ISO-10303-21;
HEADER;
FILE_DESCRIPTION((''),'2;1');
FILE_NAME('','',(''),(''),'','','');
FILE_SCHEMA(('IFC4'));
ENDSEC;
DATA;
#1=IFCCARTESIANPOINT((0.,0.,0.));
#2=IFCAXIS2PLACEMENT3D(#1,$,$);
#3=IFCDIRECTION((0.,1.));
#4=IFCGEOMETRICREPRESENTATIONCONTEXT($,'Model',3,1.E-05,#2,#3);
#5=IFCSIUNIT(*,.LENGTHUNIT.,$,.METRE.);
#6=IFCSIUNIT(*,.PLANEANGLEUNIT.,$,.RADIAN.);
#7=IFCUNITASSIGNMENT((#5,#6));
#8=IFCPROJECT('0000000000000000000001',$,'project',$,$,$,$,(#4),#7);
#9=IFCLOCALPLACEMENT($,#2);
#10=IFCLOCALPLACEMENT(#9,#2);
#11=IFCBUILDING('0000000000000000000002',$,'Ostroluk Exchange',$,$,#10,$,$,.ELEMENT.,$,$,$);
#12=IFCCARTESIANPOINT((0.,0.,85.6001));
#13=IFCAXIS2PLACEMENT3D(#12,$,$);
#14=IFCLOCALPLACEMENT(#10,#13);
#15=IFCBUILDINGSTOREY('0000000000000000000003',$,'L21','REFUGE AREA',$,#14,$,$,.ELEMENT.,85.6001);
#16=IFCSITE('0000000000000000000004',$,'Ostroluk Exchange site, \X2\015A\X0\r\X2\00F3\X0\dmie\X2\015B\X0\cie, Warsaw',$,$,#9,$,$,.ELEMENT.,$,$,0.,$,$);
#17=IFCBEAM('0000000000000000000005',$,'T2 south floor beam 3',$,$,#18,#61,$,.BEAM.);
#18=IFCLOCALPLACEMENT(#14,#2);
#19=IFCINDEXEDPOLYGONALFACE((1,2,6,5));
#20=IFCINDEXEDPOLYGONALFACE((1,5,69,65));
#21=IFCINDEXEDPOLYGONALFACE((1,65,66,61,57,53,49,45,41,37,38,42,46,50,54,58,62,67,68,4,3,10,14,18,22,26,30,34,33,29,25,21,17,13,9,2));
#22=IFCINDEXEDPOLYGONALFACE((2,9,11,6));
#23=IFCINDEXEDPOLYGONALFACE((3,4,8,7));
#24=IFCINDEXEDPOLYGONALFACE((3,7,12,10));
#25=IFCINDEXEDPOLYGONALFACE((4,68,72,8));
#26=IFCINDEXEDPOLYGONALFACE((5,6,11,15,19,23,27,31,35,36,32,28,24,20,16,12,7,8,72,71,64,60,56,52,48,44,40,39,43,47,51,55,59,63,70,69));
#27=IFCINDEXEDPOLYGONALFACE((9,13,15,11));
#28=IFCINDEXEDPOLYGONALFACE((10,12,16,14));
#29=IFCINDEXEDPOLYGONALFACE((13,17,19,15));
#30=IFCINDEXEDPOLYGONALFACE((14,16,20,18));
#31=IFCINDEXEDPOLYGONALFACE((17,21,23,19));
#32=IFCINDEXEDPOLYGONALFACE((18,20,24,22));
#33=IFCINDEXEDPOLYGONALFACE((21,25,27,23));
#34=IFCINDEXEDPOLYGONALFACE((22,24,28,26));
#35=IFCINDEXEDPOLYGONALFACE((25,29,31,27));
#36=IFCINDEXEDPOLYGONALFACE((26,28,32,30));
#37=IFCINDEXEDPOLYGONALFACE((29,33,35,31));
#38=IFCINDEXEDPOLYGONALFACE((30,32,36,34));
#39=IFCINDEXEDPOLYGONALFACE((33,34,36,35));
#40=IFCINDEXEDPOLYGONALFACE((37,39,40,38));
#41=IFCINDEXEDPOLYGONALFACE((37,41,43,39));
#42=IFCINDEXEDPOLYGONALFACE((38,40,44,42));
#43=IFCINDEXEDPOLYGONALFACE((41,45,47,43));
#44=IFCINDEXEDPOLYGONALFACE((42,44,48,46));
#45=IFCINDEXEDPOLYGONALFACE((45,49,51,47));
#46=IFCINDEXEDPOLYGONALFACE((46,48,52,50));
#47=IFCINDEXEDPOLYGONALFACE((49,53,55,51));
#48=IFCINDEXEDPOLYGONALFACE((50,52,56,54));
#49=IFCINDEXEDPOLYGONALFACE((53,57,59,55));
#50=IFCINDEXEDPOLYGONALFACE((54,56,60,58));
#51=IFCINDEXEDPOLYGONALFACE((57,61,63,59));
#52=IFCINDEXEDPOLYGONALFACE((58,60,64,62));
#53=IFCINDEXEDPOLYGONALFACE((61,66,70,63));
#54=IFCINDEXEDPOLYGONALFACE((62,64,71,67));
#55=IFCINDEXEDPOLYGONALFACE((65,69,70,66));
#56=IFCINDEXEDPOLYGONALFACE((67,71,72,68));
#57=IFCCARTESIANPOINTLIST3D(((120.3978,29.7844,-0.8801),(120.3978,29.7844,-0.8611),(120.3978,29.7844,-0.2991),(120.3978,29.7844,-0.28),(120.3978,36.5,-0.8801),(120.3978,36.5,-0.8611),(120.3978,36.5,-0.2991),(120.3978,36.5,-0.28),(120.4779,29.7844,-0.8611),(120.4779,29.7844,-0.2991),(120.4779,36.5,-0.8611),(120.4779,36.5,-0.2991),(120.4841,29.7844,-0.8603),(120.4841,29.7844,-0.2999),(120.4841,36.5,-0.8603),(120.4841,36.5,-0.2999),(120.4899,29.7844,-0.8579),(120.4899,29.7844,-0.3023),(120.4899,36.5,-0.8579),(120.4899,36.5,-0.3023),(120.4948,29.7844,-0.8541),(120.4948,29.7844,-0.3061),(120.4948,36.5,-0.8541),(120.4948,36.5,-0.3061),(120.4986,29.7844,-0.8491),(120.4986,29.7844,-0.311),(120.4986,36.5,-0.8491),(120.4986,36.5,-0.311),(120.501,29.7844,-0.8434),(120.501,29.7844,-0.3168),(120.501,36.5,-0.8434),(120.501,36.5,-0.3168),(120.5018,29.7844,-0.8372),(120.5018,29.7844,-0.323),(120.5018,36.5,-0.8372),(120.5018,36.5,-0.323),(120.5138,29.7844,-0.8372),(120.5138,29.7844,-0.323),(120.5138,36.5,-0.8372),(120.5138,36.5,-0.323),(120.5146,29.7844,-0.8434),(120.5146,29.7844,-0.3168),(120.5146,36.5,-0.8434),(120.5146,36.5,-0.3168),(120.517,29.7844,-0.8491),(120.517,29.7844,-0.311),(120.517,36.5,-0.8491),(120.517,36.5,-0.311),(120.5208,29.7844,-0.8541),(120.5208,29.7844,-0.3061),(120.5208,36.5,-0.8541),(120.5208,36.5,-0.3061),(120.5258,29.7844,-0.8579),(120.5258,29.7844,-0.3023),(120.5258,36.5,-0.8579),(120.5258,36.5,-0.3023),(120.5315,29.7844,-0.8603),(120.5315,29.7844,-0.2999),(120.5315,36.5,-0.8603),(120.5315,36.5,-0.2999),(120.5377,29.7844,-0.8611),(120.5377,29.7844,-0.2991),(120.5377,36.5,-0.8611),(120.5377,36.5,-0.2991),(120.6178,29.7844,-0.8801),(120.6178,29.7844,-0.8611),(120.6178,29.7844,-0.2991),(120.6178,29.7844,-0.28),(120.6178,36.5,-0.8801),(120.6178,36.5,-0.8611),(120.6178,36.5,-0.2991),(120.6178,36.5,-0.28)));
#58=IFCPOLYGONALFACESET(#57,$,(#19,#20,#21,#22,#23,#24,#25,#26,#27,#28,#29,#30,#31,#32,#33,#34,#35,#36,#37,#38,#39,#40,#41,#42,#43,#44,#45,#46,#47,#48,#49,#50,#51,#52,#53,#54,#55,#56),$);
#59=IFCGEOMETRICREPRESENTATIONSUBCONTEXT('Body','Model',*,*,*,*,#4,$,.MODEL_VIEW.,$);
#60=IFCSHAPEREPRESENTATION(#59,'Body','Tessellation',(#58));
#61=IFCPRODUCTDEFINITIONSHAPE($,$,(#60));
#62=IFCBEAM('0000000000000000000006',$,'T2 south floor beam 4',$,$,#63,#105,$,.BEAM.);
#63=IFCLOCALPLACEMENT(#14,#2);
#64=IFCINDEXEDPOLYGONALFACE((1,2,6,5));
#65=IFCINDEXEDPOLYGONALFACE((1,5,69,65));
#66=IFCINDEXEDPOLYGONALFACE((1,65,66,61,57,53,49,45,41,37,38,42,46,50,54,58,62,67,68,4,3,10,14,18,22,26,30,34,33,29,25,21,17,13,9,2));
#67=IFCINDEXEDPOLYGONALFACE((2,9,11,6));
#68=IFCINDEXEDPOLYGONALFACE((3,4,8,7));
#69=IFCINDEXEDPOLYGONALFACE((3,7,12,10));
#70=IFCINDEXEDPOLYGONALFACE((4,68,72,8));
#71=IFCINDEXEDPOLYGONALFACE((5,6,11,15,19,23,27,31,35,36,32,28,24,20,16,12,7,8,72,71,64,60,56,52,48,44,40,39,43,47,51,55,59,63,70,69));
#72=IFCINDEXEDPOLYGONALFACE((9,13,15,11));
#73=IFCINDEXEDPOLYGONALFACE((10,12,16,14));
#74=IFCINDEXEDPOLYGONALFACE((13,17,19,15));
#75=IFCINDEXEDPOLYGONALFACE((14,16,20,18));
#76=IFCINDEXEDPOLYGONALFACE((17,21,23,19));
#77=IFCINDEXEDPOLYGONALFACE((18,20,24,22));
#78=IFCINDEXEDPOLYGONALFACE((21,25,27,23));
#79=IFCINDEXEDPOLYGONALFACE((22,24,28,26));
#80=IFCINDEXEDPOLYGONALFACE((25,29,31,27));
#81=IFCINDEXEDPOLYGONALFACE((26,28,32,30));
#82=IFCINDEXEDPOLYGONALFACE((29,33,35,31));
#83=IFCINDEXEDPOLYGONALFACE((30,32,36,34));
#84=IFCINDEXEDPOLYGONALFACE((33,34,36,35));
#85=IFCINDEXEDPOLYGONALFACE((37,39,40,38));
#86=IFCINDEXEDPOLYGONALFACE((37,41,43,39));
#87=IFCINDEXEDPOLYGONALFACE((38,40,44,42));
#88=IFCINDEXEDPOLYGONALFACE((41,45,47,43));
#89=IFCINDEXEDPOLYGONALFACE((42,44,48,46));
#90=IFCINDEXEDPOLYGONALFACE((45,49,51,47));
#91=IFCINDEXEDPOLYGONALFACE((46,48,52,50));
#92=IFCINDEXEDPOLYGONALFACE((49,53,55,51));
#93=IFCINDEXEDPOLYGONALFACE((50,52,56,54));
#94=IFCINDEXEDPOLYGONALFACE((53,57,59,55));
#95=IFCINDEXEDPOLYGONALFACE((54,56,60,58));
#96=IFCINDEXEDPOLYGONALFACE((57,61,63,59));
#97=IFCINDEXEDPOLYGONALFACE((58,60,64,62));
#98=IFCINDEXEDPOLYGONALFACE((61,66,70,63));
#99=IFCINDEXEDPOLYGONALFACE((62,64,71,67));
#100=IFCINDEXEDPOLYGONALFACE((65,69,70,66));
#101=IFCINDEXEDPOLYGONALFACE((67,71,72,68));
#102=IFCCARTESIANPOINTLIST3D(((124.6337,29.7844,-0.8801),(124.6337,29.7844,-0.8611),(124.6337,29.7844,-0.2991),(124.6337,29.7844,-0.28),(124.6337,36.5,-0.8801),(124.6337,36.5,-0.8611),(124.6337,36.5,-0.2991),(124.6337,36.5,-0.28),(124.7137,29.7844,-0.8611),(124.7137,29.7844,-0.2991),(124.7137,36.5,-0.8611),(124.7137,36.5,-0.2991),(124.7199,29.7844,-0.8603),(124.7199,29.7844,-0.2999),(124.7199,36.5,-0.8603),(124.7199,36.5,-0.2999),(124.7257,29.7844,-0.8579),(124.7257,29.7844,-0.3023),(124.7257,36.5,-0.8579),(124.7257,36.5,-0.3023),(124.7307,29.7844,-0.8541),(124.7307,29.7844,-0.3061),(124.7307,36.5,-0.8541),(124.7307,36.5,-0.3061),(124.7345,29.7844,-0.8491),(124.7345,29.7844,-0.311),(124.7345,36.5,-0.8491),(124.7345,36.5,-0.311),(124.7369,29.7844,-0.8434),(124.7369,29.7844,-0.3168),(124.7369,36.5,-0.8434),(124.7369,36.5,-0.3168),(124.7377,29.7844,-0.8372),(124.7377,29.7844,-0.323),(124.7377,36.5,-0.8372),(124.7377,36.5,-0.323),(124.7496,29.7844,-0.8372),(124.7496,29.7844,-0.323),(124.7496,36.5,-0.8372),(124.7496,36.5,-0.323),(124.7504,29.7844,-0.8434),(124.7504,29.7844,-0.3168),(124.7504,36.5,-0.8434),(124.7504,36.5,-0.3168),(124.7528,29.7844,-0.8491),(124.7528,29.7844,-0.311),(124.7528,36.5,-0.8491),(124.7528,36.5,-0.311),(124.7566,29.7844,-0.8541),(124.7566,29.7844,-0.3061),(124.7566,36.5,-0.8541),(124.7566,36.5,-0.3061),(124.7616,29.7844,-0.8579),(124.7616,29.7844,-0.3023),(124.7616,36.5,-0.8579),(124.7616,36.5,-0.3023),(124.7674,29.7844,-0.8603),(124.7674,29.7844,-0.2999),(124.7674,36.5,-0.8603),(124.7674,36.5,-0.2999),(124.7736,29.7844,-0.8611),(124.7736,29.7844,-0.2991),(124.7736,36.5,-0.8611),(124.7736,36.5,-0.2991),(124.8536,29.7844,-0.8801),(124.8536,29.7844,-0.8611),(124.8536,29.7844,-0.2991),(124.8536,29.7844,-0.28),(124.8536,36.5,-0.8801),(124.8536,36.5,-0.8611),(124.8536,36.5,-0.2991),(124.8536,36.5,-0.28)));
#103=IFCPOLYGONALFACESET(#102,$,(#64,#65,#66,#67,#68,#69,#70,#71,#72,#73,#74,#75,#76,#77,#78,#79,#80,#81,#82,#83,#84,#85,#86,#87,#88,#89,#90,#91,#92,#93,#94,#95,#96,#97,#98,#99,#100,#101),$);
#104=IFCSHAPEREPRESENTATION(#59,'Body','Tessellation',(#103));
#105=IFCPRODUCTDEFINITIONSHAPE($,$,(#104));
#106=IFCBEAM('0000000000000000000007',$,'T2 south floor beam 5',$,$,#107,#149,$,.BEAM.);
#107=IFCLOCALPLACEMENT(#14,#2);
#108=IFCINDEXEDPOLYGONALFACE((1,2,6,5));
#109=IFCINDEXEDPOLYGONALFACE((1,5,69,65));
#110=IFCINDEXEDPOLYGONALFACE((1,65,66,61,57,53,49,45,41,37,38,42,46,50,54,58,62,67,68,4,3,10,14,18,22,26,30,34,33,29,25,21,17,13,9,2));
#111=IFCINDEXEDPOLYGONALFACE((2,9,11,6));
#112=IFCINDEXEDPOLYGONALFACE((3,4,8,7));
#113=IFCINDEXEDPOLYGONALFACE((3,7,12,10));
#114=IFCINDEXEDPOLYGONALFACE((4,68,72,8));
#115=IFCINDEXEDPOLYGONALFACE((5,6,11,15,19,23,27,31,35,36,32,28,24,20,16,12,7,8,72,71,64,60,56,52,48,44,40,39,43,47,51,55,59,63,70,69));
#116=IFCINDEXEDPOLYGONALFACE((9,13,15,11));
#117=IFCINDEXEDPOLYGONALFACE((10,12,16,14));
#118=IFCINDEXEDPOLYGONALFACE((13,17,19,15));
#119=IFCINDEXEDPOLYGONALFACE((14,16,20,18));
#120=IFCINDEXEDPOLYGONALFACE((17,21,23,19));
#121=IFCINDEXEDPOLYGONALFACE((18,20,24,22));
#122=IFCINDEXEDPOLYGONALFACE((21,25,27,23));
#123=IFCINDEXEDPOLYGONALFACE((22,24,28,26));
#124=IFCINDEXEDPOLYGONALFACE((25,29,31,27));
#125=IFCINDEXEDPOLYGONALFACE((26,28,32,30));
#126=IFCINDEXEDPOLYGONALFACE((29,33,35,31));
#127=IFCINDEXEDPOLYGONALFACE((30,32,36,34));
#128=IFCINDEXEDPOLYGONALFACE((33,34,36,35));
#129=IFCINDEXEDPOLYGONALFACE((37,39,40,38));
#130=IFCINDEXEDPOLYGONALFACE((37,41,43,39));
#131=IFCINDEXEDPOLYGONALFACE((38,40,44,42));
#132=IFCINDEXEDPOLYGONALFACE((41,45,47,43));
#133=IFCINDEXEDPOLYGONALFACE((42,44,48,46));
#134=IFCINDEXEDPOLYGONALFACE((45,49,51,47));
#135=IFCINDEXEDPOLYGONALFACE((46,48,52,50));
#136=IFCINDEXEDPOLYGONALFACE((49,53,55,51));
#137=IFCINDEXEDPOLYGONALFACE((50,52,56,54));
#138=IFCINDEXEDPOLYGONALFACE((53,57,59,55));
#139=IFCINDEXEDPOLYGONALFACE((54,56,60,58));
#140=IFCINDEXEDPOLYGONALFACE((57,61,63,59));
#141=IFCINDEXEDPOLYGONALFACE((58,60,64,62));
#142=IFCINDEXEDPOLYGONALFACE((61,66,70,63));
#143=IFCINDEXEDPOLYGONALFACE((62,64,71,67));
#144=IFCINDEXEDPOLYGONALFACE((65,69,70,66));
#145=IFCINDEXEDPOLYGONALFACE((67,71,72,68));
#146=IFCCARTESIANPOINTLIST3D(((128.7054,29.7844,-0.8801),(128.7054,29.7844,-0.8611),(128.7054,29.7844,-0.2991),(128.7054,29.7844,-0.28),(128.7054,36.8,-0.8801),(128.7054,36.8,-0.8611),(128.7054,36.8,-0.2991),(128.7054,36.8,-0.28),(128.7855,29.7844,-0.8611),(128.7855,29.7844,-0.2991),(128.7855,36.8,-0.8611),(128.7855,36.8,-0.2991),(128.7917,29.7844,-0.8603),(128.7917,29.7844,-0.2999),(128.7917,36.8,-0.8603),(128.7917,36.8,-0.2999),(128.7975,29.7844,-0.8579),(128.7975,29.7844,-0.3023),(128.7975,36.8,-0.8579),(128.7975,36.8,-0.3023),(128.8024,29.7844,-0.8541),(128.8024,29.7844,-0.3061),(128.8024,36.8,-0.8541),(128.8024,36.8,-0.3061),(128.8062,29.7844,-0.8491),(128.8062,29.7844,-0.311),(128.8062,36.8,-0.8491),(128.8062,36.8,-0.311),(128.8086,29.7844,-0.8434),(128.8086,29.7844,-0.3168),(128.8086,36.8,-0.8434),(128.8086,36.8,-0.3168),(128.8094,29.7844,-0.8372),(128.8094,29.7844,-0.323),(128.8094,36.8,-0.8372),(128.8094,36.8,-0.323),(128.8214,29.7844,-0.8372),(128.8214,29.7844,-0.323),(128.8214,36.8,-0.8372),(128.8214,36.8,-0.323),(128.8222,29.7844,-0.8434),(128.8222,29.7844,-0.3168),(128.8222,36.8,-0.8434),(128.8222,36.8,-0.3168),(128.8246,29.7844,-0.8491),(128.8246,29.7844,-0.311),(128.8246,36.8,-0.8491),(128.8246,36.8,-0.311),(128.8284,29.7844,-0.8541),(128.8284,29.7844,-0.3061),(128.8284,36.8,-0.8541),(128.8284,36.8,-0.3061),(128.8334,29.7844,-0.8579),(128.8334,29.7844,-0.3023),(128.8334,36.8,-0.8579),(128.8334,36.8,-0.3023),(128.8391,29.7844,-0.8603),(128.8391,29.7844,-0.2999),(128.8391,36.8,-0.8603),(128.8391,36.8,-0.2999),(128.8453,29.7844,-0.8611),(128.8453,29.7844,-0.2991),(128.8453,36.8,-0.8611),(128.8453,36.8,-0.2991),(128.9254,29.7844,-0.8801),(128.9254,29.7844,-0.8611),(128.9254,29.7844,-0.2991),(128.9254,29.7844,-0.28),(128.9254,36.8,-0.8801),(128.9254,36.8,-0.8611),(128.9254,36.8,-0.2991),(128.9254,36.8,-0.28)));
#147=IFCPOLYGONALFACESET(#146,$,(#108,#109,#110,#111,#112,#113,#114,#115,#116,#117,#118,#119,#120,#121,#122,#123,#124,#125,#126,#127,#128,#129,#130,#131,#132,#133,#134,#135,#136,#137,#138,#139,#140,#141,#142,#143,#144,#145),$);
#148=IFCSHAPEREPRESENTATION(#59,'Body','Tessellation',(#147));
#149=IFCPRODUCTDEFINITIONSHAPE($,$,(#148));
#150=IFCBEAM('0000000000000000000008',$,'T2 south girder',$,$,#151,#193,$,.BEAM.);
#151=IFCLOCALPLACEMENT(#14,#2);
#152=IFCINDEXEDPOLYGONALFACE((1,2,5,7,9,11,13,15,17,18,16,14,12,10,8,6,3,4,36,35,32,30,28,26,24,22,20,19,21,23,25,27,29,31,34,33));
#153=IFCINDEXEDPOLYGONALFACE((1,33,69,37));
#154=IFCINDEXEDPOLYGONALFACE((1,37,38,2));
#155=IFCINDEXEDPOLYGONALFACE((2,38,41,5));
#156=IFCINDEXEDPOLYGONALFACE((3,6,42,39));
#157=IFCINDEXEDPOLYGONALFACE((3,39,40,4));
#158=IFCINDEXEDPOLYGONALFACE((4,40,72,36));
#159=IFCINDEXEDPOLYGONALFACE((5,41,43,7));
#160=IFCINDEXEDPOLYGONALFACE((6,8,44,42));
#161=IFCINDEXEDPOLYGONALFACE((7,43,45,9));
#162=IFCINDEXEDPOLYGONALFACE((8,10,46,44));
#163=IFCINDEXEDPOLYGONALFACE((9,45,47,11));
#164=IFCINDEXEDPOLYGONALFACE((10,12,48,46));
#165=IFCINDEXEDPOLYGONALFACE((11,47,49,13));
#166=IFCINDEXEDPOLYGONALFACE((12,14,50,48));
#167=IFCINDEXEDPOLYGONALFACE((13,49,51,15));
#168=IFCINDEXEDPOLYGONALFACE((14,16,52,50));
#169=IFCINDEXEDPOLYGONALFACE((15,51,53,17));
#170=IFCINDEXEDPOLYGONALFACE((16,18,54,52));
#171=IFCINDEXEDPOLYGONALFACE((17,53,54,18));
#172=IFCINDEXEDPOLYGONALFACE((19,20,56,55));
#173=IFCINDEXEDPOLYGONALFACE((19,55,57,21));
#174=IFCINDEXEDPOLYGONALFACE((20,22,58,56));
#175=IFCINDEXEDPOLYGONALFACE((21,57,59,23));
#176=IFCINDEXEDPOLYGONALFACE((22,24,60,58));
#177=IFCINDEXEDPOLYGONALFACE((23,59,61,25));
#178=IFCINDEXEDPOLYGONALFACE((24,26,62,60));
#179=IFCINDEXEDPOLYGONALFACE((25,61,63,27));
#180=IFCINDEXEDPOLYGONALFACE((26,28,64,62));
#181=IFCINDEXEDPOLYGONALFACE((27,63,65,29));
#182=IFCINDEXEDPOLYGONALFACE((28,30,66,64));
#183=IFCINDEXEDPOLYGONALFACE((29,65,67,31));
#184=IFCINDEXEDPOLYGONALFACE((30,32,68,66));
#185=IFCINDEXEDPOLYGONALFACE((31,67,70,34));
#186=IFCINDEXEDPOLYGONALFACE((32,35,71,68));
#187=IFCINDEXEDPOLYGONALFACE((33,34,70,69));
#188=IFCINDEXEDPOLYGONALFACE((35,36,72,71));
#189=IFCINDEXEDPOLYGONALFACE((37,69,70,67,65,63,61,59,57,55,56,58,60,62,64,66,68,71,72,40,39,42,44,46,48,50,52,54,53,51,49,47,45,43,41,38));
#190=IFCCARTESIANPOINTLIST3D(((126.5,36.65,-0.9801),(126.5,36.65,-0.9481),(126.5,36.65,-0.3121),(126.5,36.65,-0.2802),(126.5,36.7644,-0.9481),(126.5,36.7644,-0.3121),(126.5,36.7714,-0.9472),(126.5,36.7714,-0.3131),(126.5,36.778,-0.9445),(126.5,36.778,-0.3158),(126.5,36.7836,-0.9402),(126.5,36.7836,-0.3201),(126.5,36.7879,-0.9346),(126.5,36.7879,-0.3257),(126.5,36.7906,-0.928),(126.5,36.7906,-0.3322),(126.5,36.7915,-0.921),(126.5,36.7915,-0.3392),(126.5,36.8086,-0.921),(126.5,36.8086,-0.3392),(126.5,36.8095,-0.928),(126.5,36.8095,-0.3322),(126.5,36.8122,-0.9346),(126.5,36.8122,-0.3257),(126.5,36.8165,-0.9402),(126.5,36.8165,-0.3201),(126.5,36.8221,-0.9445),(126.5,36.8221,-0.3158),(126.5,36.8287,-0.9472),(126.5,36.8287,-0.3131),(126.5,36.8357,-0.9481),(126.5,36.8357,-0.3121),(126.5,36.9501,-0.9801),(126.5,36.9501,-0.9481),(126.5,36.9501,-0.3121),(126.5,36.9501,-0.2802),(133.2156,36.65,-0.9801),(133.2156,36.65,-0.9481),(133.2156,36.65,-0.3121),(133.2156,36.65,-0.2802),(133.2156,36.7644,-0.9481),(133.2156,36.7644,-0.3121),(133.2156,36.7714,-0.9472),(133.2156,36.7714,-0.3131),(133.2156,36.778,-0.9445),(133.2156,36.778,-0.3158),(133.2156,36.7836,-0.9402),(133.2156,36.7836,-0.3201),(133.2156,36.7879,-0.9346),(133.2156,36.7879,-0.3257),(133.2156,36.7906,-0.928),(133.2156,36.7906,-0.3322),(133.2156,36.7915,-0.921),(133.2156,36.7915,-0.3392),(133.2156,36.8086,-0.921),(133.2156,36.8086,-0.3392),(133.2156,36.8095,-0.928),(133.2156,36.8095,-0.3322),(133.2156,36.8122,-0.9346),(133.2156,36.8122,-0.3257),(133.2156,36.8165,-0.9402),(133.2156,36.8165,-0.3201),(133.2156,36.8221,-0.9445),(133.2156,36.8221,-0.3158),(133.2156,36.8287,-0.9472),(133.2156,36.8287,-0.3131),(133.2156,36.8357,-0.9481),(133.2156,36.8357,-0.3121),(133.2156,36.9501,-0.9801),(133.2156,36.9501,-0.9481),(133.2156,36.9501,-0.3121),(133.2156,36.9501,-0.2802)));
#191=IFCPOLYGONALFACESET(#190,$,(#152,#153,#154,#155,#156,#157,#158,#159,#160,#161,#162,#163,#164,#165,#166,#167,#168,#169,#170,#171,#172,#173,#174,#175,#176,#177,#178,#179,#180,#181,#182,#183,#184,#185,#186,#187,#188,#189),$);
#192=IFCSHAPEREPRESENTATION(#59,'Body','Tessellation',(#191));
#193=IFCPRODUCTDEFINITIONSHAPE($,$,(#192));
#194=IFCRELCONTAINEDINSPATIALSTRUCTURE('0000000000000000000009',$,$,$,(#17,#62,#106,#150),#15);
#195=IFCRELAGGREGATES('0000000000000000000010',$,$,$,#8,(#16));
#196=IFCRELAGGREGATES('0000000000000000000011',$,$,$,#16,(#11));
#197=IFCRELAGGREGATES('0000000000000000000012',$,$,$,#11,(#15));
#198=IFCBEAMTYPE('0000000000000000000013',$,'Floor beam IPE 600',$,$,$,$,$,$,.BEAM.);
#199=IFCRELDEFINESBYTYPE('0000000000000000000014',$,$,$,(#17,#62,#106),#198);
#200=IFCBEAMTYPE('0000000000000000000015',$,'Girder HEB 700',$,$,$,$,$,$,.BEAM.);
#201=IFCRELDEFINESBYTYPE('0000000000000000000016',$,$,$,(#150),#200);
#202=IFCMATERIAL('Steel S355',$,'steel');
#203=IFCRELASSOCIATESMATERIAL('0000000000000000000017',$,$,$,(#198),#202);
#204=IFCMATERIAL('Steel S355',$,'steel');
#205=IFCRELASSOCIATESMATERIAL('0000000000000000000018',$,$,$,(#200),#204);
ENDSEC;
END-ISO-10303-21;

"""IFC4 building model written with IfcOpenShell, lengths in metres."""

from ifc_helpers import new_model, si_unit, direction, frame, origin, origin_2d, place, context, subcontext, project, spatial, i_section, extrude, material, material_profile, profile_set, type_object, element, save


model = new_model("IFC4")

# Units and contexts
model_context = context("Model", 3, precision=1e-05, world=origin(), true_north=direction((0.0, 1.0)))
body_context = subcontext(model_context, "Body", "Model", "MODEL_VIEW")
ifc_project = project(units=[si_unit("LENGTHUNIT", "METRE"), si_unit("PLANEANGLEUNIT", "RADIAN")], contexts=[model_context])

# Site, building, storey
site_placement = place(None, origin())
site = spatial("IfcSite", under=ifc_project, at=site_placement, Name="Ostroluk Exchange site, Śródmieście, Warsaw", CompositionType="ELEMENT", RefElevation=0.0)
building_placement = place(site_placement, origin())
building = spatial("IfcBuilding", under=site, at=building_placement, Name="Ostroluk Exchange", CompositionType="ELEMENT")
storey_placement = place(building_placement, frame((0.0, 0.0, 85.6001)))
storey = spatial("IfcBuildingStorey", under=building, at=storey_placement, Name="L21", Description="REFUGE AREA", CompositionType="ELEMENT", Elevation=85.6001)

# Beams
ifc_material_1 = material(Name="Steel S355", Category="steel")
ifc_material_profile_1 = material_profile(ifc_material_1, i_section(OverallWidth=0.22, OverallDepth=0.6001, WebThickness=0.012, FlangeThickness=0.019, FilletRadius=0.0239, at=origin_2d()), Name="IPE 600")
ifc_profile_set_1 = profile_set([ifc_material_profile_1], Name="Steel S355")
beam_type_1 = type_object("IfcBeamType", Name="Floor beam IPE 600", PredefinedType="BEAM", material=ifc_profile_set_1)
for number, where, z_axis, x_axis, name in (
    (1, (120.5078, 36.5, -0.5801), (0.0, -1.0, 0.0), (1.0, 0.0, 0.0), "T2 south floor beam 3"),
    (2, (124.7437, 36.5, -0.5801), (0.0, -1.0, 0.0), (1.0, 0.0, 0.0), "T2 south floor beam 4"),
):
    element("IfcBeam", number, at=place(storey_placement, frame(where, z_axis=z_axis, x_axis=x_axis)), inside=storey, type_object=beam_type_1, Name=name, PredefinedType="BEAM", context=body_context, shape_type="SweptSolid", body=[
        extrude(i_section(OverallWidth=0.22, OverallDepth=0.6001, WebThickness=0.012, FlangeThickness=0.019, FilletRadius=0.0239, at=origin_2d()), origin(), (0.0, 0.0, 1.0), 6.7156),
    ])
beam_1_placement = place(storey_placement, frame((128.8154, 36.8, -0.5801), z_axis=(0.0, -1.0, 0.0), x_axis=(1.0, 0.0, 0.0)))
element("IfcBeam", 3, at=beam_1_placement, inside=storey, type_object=beam_type_1, Name="T2 south floor beam 5", PredefinedType="BEAM", context=body_context, shape_type="SweptSolid", body=[
    extrude(i_section(OverallWidth=0.22, OverallDepth=0.6001, WebThickness=0.012, FlangeThickness=0.019, FilletRadius=0.0239, at=origin_2d()), origin(), (0.0, 0.0, 1.0), 7.0156),
])
ifc_material_2 = material(Name="Steel S355", Category="steel")
ifc_material_profile_2 = material_profile(ifc_material_2, i_section(OverallWidth=0.3, OverallDepth=0.7, WebThickness=0.0171, FlangeThickness=0.032, FilletRadius=0.0271, at=origin_2d()), Name="HEB 700")
ifc_profile_set_2 = profile_set([ifc_material_profile_2], Name="Steel S355")
beam_type_2 = type_object("IfcBeamType", Name="Girder HEB 700", PredefinedType="BEAM", material=ifc_profile_set_2)
beam_2_placement = place(storey_placement, frame((126.5, 36.8, -0.6301), z_axis=(1.0, 0.0, 0.0), x_axis=(0.0, 1.0, 0.0)))
element("IfcBeam", 4, at=beam_2_placement, inside=storey, type_object=beam_type_2, Name="T2 south girder", PredefinedType="BEAM", context=body_context, shape_type="SweptSolid", body=[
    extrude(i_section(OverallWidth=0.3, OverallDepth=0.7, WebThickness=0.0171, FlangeThickness=0.032, FilletRadius=0.0271, at=origin_2d()), origin(), (0.0, 0.0, 1.0), 6.7156),
])

save(model, "model.ifc")
